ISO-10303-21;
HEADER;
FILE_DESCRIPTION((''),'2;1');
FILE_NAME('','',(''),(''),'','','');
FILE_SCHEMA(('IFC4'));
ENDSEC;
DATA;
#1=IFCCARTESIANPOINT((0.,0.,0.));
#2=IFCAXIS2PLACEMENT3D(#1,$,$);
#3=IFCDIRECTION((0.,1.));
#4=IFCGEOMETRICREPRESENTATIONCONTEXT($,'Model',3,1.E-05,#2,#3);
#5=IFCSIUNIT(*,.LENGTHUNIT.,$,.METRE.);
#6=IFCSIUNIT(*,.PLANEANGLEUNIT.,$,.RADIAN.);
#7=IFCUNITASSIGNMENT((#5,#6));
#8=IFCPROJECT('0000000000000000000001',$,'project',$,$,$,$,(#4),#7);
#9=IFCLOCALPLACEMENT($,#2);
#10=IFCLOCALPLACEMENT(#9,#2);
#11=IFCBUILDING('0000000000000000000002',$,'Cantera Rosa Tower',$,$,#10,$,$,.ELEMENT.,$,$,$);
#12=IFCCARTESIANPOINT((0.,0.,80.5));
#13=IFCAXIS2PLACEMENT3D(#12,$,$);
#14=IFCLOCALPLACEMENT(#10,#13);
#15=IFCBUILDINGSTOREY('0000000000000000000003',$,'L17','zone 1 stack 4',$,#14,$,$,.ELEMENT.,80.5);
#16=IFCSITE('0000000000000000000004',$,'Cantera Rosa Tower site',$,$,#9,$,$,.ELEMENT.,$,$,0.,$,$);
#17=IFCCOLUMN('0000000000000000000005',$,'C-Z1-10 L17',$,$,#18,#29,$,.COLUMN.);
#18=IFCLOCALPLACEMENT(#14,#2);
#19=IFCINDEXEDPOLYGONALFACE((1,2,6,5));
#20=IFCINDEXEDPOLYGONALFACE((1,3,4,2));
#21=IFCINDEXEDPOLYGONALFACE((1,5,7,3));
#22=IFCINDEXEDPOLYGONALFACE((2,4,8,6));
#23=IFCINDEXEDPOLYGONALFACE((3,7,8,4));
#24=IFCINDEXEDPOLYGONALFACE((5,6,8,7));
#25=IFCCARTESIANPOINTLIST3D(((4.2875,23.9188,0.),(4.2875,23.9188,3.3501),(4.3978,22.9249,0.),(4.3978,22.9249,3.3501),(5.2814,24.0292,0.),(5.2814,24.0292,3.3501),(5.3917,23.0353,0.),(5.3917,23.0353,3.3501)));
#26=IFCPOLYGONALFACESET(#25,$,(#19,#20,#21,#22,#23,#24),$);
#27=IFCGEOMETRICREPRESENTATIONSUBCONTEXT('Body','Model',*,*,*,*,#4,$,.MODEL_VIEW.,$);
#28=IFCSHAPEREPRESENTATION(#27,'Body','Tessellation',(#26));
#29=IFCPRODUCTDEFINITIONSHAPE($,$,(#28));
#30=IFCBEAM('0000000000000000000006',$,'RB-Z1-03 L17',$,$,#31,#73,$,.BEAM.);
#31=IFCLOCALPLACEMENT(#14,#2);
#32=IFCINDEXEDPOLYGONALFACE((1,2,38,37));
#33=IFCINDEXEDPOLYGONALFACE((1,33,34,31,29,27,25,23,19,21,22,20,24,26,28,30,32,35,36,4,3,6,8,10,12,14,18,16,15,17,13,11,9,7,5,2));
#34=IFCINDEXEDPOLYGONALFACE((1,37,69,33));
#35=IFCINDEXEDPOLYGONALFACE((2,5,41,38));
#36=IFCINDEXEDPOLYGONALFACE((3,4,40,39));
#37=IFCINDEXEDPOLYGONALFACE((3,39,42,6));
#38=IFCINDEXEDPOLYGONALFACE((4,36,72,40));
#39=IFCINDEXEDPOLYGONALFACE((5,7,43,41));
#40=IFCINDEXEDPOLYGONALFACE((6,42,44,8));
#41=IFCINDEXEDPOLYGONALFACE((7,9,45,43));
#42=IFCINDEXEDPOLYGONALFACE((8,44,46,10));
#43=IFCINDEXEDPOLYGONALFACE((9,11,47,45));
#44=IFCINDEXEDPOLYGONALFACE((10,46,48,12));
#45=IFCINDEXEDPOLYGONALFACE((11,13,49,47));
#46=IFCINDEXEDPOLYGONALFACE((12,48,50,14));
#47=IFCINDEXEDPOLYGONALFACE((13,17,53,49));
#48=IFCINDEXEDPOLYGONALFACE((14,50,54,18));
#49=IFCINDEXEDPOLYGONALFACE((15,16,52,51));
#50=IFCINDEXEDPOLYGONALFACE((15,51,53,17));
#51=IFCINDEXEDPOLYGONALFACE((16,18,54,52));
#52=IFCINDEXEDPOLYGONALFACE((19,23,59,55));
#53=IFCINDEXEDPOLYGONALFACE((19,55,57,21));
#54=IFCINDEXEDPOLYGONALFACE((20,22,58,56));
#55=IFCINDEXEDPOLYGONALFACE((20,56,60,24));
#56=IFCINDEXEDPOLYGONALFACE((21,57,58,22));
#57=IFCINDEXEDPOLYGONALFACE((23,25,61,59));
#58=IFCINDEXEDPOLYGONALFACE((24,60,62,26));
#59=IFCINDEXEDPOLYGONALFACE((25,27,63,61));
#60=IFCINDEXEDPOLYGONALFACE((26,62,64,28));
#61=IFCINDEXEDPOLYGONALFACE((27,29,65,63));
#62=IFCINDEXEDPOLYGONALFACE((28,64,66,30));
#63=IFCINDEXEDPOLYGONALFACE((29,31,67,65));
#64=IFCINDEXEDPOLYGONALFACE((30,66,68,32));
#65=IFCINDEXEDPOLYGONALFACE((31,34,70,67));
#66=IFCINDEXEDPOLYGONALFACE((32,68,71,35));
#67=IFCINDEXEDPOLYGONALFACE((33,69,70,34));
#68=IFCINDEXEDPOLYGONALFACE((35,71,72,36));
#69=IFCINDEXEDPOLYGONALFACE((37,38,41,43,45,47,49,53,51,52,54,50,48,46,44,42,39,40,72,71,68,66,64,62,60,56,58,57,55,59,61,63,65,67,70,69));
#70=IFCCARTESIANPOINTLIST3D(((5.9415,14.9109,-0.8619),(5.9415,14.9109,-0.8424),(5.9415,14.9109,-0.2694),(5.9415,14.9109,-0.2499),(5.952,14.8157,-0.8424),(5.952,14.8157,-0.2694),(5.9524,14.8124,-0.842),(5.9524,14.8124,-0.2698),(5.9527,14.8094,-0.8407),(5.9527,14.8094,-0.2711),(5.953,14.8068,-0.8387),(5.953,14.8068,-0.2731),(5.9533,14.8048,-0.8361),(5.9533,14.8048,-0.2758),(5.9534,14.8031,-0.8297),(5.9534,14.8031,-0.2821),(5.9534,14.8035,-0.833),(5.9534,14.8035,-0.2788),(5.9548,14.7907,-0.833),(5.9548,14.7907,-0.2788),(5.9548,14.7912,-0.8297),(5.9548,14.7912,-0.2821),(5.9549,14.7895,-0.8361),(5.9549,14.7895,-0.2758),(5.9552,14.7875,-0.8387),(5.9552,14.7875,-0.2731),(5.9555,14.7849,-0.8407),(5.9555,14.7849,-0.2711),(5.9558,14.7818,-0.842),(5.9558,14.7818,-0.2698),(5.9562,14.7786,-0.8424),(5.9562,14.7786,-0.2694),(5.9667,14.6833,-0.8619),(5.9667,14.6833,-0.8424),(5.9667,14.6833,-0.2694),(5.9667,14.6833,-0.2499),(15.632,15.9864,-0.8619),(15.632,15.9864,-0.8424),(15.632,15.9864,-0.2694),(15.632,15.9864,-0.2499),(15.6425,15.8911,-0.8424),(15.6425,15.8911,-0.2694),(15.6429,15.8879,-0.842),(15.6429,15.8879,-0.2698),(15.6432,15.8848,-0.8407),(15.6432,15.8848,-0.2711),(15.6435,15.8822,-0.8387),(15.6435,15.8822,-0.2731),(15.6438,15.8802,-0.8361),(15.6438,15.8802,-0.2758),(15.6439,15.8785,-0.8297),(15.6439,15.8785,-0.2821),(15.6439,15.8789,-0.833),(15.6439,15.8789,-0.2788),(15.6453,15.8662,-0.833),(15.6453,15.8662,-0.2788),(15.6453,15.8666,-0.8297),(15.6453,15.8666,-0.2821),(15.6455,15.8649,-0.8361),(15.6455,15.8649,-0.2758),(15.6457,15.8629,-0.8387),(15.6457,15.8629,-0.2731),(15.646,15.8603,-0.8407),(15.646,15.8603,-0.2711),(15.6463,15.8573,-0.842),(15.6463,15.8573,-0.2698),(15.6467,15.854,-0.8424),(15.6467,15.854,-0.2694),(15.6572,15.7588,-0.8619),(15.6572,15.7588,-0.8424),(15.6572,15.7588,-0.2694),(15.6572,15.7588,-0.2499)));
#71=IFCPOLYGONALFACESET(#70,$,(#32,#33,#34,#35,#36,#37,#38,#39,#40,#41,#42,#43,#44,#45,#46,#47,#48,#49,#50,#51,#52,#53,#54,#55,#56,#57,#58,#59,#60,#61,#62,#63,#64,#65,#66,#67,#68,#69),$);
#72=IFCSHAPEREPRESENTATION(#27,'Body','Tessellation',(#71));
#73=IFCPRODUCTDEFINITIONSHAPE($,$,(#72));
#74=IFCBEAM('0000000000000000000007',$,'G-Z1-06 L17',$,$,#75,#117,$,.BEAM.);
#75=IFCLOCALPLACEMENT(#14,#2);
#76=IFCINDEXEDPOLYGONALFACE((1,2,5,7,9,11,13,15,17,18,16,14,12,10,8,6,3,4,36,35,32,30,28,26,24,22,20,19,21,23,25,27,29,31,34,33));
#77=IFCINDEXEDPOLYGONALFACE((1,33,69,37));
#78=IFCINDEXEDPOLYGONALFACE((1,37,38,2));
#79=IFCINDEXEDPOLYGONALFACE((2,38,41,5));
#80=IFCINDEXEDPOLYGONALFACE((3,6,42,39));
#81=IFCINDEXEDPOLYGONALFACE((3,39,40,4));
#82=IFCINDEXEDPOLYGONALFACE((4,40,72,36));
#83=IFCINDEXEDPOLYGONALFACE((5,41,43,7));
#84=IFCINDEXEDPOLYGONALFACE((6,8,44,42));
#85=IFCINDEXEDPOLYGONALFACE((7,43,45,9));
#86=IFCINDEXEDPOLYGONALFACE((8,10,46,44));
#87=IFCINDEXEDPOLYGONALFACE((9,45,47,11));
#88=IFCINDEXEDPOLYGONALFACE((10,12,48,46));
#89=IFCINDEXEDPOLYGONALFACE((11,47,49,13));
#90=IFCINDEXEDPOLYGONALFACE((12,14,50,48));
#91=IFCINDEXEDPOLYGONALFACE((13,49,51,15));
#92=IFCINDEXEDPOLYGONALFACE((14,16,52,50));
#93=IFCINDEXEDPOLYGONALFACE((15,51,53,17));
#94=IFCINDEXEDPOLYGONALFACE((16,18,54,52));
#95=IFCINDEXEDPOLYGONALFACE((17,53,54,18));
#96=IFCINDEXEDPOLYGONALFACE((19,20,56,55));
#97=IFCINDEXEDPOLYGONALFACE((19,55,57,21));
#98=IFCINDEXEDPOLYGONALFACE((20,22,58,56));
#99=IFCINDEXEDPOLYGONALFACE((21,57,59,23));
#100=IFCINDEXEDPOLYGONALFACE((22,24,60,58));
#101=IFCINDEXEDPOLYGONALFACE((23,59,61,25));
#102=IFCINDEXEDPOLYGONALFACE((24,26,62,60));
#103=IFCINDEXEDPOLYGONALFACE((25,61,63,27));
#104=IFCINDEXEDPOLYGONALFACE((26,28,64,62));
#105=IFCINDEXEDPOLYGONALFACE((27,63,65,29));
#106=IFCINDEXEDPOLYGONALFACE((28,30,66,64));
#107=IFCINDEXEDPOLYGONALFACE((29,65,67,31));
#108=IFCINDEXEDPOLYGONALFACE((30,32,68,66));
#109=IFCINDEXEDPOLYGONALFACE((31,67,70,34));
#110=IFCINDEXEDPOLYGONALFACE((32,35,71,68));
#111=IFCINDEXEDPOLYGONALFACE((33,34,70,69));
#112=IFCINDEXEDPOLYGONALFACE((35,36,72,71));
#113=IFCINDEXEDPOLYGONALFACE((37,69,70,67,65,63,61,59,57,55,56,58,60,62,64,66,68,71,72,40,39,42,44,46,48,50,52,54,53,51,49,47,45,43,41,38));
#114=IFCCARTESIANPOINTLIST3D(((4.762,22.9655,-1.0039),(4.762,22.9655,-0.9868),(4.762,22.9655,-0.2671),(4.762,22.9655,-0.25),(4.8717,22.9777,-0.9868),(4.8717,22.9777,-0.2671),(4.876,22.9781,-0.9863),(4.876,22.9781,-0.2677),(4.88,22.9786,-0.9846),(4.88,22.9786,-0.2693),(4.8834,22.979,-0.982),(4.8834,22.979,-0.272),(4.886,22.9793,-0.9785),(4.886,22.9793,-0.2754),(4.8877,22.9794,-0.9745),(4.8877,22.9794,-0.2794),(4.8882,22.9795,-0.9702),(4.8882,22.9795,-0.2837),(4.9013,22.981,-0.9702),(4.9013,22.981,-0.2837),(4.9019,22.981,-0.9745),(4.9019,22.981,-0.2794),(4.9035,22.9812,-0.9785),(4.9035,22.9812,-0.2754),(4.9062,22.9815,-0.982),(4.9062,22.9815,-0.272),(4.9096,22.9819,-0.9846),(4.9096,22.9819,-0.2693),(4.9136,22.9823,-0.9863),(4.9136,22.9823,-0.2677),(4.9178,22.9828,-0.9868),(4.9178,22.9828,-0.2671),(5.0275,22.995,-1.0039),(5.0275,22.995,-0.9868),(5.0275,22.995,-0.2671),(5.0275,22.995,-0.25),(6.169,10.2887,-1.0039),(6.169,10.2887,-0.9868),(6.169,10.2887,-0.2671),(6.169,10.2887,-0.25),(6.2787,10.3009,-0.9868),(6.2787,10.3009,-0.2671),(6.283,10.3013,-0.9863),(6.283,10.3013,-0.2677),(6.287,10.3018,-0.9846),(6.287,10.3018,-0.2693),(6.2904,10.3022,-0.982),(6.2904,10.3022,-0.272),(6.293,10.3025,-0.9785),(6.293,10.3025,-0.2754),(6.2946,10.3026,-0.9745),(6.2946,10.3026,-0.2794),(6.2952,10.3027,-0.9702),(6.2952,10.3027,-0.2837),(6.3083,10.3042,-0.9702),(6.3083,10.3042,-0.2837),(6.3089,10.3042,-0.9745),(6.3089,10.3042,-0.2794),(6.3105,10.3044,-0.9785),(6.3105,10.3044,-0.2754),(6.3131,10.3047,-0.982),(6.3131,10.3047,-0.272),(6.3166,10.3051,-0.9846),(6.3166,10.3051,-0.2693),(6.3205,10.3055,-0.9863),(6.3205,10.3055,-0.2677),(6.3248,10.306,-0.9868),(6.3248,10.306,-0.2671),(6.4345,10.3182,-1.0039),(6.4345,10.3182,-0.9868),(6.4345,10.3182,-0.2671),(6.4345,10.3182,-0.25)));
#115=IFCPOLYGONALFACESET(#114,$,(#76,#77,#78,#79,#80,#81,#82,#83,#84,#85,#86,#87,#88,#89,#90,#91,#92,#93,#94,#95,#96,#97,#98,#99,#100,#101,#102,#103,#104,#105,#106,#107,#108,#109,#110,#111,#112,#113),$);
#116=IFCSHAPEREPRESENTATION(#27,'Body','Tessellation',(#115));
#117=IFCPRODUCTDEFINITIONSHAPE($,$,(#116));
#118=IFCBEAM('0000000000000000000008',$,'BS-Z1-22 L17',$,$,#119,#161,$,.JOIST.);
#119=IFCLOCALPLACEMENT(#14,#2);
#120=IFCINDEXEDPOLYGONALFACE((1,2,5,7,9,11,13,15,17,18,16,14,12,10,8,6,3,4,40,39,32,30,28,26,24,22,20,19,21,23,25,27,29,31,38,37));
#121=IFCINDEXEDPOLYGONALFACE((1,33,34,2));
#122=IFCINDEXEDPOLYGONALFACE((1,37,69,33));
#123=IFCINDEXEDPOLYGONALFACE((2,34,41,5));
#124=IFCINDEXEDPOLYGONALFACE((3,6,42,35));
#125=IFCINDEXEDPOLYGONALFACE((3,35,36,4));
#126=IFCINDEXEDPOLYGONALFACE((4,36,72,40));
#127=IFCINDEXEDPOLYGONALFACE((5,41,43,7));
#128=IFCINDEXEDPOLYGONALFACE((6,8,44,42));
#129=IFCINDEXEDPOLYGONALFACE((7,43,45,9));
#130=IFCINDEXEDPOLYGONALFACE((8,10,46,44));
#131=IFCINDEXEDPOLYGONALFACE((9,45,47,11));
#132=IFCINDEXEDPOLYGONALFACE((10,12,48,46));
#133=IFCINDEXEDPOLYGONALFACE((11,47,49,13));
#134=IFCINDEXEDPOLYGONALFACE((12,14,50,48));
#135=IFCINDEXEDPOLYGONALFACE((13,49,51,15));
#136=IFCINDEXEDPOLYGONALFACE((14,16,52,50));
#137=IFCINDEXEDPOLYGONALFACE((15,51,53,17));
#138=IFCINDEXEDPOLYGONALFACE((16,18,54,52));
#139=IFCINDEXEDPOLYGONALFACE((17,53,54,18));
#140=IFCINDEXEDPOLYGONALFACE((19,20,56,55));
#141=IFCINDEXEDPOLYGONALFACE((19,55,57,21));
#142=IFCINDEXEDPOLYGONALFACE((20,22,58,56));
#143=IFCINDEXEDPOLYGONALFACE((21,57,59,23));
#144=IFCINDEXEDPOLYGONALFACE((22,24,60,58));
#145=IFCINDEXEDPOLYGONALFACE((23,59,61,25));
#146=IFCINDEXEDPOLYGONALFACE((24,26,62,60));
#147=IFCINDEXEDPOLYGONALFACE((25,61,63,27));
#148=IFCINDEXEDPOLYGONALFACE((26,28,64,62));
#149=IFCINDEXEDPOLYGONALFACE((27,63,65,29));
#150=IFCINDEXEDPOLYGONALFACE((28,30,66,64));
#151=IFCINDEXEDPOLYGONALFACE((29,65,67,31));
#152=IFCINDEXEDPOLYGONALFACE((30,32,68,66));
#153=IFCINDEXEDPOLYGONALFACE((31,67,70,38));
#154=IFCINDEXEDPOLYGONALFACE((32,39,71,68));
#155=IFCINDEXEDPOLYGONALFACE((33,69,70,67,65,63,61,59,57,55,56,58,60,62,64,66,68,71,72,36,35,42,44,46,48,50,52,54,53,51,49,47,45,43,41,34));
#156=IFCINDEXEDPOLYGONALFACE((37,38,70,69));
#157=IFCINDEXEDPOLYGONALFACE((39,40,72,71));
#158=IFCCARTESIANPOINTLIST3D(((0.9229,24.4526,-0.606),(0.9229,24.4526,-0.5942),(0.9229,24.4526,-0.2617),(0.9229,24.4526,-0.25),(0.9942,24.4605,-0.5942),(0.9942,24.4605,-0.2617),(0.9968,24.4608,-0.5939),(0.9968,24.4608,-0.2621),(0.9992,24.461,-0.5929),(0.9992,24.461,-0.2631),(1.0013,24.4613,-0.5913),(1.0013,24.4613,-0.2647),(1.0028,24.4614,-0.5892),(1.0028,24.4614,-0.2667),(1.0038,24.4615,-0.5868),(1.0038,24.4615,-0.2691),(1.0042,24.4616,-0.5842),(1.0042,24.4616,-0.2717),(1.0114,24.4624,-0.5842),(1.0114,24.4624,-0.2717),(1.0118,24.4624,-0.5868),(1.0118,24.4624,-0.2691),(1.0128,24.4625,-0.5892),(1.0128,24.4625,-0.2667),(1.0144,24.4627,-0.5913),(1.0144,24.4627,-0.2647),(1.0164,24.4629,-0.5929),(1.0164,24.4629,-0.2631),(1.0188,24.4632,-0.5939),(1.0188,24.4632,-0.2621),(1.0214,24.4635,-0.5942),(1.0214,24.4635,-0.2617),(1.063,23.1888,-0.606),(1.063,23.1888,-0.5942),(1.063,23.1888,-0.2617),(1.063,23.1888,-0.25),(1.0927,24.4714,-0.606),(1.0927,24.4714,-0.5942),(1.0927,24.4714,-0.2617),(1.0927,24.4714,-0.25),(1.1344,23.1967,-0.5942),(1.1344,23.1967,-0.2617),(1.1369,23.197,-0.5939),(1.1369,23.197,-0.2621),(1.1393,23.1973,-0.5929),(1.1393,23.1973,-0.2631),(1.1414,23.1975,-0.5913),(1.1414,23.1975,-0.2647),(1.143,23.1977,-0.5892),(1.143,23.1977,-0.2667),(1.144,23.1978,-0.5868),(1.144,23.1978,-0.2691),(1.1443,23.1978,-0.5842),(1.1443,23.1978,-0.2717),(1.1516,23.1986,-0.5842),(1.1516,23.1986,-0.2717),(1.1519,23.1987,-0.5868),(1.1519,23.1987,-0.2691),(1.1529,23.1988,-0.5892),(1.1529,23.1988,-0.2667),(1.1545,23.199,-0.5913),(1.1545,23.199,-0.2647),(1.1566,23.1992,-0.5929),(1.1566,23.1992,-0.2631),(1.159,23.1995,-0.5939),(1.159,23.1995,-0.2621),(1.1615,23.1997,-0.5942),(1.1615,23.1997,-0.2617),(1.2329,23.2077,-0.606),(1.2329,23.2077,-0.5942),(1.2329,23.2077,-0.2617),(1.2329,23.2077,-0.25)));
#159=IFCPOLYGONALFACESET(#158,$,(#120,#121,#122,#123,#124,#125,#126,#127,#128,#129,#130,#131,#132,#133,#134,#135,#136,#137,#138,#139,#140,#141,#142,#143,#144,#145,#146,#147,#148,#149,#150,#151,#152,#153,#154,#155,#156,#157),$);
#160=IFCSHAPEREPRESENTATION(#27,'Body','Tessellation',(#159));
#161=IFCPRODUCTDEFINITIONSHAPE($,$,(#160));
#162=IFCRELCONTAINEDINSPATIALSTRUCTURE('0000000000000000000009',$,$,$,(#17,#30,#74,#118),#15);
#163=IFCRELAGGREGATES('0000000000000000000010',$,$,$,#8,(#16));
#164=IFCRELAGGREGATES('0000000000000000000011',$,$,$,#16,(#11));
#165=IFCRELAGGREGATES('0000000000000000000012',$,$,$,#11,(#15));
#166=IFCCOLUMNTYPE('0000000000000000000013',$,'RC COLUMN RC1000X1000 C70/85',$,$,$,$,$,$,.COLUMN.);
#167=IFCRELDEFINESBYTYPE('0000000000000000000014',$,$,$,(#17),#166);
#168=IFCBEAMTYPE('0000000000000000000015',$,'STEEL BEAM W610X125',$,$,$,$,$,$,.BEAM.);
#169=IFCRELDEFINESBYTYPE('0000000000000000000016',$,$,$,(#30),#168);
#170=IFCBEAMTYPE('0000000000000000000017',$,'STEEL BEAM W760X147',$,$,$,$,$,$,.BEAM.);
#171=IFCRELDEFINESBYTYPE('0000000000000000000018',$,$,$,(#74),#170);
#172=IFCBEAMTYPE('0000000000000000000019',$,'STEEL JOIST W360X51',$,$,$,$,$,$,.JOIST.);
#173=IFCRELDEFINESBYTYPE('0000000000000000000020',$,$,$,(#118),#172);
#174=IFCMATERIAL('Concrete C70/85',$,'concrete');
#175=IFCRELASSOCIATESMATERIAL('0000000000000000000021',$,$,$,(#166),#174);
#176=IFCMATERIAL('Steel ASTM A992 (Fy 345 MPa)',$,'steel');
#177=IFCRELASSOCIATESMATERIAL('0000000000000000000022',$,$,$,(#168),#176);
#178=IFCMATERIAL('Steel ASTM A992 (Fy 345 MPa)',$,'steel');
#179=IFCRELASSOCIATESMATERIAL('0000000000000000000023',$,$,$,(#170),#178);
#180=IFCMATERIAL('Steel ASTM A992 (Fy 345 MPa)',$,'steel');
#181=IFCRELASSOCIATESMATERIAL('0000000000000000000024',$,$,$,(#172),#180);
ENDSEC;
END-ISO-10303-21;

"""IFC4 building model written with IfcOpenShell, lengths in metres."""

from ifc_helpers import new_model, si_unit, direction, frame, origin, origin_2d, place, context, subcontext, project, spatial, rectangle, i_section, extrude, material, material_profile, profile_set, type_object, element, save


model = new_model("IFC4")

# Units and contexts
model_context = context("Model", 3, precision=1e-05, world=origin(), true_north=direction((0.0, 1.0)))
body_context = subcontext(model_context, "Body", "Model", "MODEL_VIEW")
ifc_project = project(units=[si_unit("LENGTHUNIT", "METRE"), si_unit("PLANEANGLEUNIT", "RADIAN")], contexts=[model_context])

# Site, building, storey
site_placement = place(None, origin())
site = spatial("IfcSite", under=ifc_project, at=site_placement, Name="Cantera Rosa Tower site", CompositionType="ELEMENT", RefElevation=0.0)
building_placement = place(site_placement, origin())
building = spatial("IfcBuilding", under=site, at=building_placement, Name="Cantera Rosa Tower", CompositionType="ELEMENT")
storey_placement = place(building_placement, frame((0.0, 0.0, 80.5)))
storey = spatial("IfcBuildingStorey", under=building, at=storey_placement, Name="L17", Description="zone 1 stack 4", CompositionType="ELEMENT", Elevation=80.5)

# Column
ifc_material_1 = material(Name="Concrete C70/85", Category="concrete")
ifc_material_profile_1 = material_profile(ifc_material_1, rectangle(XDim=1.0, YDim=1.0, at=origin_2d()), Name="RC COLUMN RC1000X1000 C70/85")
ifc_profile_set_1 = profile_set([ifc_material_profile_1], Name="Concrete C70/85")
column_type = type_object("IfcColumnType", Name="RC COLUMN RC1000X1000 C70/85", PredefinedType="COLUMN", material=ifc_profile_set_1)
column_placement = place(storey_placement, frame((4.8396, 23.4771, 0.0), z_axis=(0.0, 0.0, 1.0), x_axis=(0.993897, 0.110313, 0.0)))
element("IfcColumn", 1, at=column_placement, inside=storey, type_object=column_type, Name="C-Z1-10 L17", PredefinedType="COLUMN", context=body_context, shape_type="SweptSolid", body=[
    extrude(rectangle(XDim=1.0, YDim=1.0, at=origin_2d()), origin(), (0.0, 0.0, 1.0), 3.3501),
])

# Beams
ifc_material_2 = material(Name="Steel ASTM A992 (Fy 345 MPa)", Category="steel")
ifc_material_profile_2 = material_profile(ifc_material_2, i_section(OverallWidth=0.229, OverallDepth=0.6121, WebThickness=0.012, FlangeThickness=0.0195, FilletRadius=0.0127, at=origin_2d()), Name="W610X125")
ifc_profile_set_2 = profile_set([ifc_material_profile_2], Name="Steel ASTM A992 (Fy 345 MPa)")
beam_type_1 = type_object("IfcBeamType", Name="STEEL BEAM W610X125", PredefinedType="BEAM", material=ifc_profile_set_2)
beam_1_placement = place(storey_placement, frame((5.9541, 14.7971, -0.5559), z_axis=(0.993898, 0.110302, 0.0), x_axis=(-0.110302, 0.993898, 0.0)))
element("IfcBeam", 2, at=beam_1_placement, inside=storey, type_object=beam_type_1, Name="RB-Z1-03 L17", PredefinedType="BEAM", context=body_context, shape_type="SweptSolid", body=[
    extrude(i_section(OverallWidth=0.229, OverallDepth=0.6121, WebThickness=0.012, FlangeThickness=0.0195, FilletRadius=0.0127, at=origin_2d()), origin(), (0.0, 0.0, 1.0), 9.75),
])
ifc_material_3 = material(Name="Steel ASTM A992 (Fy 345 MPa)", Category="steel")
ifc_material_profile_3 = material_profile(ifc_material_3, i_section(OverallWidth=0.2671, OverallDepth=0.7539, WebThickness=0.0132, FlangeThickness=0.0171, FilletRadius=0.0166, at=origin_2d()), Name="W760X147")
ifc_profile_set_3 = profile_set([ifc_material_profile_3], Name="Steel ASTM A992 (Fy 345 MPa)")
beam_type_2 = type_object("IfcBeamType", Name="STEEL BEAM W760X147", PredefinedType="BEAM", material=ifc_profile_set_3)
beam_2_placement = place(storey_placement, frame((4.8948, 22.9802, -0.627), z_axis=(0.110312, -0.993897, 0.0), x_axis=(0.993897, 0.110312, 0.0)))
element("IfcBeam", 3, at=beam_2_placement, inside=storey, type_object=beam_type_2, Name="G-Z1-06 L17", PredefinedType="BEAM", context=body_context, shape_type="SweptSolid", body=[
    extrude(i_section(OverallWidth=0.2671, OverallDepth=0.7539, WebThickness=0.0132, FlangeThickness=0.0171, FilletRadius=0.0166, at=origin_2d()), origin(), (0.0, 0.0, 1.0), 12.7546),
])
ifc_material_4 = material(Name="Steel ASTM A992 (Fy 345 MPa)", Category="steel")
ifc_material_profile_4 = material_profile(ifc_material_4, i_section(OverallWidth=0.1709, OverallDepth=0.356, WebThickness=0.0073, FlangeThickness=0.0117, FilletRadius=0.01, at=origin_2d()), Name="W360X51")
ifc_profile_set_4 = profile_set([ifc_material_profile_4], Name="Steel ASTM A992 (Fy 345 MPa)")
beam_type_3 = type_object("IfcBeamType", Name="STEEL JOIST W360X51", PredefinedType="JOIST", material=ifc_profile_set_4)
beam_3_placement = place(storey_placement, frame((1.1479, 23.1982, -0.428), z_axis=(-0.110221, 0.993907, 0.0), x_axis=(-0.993907, -0.110221, 0.0)))
element("IfcBeam", 4, at=beam_3_placement, inside=storey, type_object=beam_type_3, Name="BS-Z1-22 L17", PredefinedType="JOIST", context=body_context, shape_type="SweptSolid", body=[
    extrude(i_section(OverallWidth=0.1709, OverallDepth=0.356, WebThickness=0.0073, FlangeThickness=0.0117, FilletRadius=0.01, at=origin_2d()), origin(), (0.0, 0.0, 1.0), 1.2715),
])

save(model, "model.ifc")
